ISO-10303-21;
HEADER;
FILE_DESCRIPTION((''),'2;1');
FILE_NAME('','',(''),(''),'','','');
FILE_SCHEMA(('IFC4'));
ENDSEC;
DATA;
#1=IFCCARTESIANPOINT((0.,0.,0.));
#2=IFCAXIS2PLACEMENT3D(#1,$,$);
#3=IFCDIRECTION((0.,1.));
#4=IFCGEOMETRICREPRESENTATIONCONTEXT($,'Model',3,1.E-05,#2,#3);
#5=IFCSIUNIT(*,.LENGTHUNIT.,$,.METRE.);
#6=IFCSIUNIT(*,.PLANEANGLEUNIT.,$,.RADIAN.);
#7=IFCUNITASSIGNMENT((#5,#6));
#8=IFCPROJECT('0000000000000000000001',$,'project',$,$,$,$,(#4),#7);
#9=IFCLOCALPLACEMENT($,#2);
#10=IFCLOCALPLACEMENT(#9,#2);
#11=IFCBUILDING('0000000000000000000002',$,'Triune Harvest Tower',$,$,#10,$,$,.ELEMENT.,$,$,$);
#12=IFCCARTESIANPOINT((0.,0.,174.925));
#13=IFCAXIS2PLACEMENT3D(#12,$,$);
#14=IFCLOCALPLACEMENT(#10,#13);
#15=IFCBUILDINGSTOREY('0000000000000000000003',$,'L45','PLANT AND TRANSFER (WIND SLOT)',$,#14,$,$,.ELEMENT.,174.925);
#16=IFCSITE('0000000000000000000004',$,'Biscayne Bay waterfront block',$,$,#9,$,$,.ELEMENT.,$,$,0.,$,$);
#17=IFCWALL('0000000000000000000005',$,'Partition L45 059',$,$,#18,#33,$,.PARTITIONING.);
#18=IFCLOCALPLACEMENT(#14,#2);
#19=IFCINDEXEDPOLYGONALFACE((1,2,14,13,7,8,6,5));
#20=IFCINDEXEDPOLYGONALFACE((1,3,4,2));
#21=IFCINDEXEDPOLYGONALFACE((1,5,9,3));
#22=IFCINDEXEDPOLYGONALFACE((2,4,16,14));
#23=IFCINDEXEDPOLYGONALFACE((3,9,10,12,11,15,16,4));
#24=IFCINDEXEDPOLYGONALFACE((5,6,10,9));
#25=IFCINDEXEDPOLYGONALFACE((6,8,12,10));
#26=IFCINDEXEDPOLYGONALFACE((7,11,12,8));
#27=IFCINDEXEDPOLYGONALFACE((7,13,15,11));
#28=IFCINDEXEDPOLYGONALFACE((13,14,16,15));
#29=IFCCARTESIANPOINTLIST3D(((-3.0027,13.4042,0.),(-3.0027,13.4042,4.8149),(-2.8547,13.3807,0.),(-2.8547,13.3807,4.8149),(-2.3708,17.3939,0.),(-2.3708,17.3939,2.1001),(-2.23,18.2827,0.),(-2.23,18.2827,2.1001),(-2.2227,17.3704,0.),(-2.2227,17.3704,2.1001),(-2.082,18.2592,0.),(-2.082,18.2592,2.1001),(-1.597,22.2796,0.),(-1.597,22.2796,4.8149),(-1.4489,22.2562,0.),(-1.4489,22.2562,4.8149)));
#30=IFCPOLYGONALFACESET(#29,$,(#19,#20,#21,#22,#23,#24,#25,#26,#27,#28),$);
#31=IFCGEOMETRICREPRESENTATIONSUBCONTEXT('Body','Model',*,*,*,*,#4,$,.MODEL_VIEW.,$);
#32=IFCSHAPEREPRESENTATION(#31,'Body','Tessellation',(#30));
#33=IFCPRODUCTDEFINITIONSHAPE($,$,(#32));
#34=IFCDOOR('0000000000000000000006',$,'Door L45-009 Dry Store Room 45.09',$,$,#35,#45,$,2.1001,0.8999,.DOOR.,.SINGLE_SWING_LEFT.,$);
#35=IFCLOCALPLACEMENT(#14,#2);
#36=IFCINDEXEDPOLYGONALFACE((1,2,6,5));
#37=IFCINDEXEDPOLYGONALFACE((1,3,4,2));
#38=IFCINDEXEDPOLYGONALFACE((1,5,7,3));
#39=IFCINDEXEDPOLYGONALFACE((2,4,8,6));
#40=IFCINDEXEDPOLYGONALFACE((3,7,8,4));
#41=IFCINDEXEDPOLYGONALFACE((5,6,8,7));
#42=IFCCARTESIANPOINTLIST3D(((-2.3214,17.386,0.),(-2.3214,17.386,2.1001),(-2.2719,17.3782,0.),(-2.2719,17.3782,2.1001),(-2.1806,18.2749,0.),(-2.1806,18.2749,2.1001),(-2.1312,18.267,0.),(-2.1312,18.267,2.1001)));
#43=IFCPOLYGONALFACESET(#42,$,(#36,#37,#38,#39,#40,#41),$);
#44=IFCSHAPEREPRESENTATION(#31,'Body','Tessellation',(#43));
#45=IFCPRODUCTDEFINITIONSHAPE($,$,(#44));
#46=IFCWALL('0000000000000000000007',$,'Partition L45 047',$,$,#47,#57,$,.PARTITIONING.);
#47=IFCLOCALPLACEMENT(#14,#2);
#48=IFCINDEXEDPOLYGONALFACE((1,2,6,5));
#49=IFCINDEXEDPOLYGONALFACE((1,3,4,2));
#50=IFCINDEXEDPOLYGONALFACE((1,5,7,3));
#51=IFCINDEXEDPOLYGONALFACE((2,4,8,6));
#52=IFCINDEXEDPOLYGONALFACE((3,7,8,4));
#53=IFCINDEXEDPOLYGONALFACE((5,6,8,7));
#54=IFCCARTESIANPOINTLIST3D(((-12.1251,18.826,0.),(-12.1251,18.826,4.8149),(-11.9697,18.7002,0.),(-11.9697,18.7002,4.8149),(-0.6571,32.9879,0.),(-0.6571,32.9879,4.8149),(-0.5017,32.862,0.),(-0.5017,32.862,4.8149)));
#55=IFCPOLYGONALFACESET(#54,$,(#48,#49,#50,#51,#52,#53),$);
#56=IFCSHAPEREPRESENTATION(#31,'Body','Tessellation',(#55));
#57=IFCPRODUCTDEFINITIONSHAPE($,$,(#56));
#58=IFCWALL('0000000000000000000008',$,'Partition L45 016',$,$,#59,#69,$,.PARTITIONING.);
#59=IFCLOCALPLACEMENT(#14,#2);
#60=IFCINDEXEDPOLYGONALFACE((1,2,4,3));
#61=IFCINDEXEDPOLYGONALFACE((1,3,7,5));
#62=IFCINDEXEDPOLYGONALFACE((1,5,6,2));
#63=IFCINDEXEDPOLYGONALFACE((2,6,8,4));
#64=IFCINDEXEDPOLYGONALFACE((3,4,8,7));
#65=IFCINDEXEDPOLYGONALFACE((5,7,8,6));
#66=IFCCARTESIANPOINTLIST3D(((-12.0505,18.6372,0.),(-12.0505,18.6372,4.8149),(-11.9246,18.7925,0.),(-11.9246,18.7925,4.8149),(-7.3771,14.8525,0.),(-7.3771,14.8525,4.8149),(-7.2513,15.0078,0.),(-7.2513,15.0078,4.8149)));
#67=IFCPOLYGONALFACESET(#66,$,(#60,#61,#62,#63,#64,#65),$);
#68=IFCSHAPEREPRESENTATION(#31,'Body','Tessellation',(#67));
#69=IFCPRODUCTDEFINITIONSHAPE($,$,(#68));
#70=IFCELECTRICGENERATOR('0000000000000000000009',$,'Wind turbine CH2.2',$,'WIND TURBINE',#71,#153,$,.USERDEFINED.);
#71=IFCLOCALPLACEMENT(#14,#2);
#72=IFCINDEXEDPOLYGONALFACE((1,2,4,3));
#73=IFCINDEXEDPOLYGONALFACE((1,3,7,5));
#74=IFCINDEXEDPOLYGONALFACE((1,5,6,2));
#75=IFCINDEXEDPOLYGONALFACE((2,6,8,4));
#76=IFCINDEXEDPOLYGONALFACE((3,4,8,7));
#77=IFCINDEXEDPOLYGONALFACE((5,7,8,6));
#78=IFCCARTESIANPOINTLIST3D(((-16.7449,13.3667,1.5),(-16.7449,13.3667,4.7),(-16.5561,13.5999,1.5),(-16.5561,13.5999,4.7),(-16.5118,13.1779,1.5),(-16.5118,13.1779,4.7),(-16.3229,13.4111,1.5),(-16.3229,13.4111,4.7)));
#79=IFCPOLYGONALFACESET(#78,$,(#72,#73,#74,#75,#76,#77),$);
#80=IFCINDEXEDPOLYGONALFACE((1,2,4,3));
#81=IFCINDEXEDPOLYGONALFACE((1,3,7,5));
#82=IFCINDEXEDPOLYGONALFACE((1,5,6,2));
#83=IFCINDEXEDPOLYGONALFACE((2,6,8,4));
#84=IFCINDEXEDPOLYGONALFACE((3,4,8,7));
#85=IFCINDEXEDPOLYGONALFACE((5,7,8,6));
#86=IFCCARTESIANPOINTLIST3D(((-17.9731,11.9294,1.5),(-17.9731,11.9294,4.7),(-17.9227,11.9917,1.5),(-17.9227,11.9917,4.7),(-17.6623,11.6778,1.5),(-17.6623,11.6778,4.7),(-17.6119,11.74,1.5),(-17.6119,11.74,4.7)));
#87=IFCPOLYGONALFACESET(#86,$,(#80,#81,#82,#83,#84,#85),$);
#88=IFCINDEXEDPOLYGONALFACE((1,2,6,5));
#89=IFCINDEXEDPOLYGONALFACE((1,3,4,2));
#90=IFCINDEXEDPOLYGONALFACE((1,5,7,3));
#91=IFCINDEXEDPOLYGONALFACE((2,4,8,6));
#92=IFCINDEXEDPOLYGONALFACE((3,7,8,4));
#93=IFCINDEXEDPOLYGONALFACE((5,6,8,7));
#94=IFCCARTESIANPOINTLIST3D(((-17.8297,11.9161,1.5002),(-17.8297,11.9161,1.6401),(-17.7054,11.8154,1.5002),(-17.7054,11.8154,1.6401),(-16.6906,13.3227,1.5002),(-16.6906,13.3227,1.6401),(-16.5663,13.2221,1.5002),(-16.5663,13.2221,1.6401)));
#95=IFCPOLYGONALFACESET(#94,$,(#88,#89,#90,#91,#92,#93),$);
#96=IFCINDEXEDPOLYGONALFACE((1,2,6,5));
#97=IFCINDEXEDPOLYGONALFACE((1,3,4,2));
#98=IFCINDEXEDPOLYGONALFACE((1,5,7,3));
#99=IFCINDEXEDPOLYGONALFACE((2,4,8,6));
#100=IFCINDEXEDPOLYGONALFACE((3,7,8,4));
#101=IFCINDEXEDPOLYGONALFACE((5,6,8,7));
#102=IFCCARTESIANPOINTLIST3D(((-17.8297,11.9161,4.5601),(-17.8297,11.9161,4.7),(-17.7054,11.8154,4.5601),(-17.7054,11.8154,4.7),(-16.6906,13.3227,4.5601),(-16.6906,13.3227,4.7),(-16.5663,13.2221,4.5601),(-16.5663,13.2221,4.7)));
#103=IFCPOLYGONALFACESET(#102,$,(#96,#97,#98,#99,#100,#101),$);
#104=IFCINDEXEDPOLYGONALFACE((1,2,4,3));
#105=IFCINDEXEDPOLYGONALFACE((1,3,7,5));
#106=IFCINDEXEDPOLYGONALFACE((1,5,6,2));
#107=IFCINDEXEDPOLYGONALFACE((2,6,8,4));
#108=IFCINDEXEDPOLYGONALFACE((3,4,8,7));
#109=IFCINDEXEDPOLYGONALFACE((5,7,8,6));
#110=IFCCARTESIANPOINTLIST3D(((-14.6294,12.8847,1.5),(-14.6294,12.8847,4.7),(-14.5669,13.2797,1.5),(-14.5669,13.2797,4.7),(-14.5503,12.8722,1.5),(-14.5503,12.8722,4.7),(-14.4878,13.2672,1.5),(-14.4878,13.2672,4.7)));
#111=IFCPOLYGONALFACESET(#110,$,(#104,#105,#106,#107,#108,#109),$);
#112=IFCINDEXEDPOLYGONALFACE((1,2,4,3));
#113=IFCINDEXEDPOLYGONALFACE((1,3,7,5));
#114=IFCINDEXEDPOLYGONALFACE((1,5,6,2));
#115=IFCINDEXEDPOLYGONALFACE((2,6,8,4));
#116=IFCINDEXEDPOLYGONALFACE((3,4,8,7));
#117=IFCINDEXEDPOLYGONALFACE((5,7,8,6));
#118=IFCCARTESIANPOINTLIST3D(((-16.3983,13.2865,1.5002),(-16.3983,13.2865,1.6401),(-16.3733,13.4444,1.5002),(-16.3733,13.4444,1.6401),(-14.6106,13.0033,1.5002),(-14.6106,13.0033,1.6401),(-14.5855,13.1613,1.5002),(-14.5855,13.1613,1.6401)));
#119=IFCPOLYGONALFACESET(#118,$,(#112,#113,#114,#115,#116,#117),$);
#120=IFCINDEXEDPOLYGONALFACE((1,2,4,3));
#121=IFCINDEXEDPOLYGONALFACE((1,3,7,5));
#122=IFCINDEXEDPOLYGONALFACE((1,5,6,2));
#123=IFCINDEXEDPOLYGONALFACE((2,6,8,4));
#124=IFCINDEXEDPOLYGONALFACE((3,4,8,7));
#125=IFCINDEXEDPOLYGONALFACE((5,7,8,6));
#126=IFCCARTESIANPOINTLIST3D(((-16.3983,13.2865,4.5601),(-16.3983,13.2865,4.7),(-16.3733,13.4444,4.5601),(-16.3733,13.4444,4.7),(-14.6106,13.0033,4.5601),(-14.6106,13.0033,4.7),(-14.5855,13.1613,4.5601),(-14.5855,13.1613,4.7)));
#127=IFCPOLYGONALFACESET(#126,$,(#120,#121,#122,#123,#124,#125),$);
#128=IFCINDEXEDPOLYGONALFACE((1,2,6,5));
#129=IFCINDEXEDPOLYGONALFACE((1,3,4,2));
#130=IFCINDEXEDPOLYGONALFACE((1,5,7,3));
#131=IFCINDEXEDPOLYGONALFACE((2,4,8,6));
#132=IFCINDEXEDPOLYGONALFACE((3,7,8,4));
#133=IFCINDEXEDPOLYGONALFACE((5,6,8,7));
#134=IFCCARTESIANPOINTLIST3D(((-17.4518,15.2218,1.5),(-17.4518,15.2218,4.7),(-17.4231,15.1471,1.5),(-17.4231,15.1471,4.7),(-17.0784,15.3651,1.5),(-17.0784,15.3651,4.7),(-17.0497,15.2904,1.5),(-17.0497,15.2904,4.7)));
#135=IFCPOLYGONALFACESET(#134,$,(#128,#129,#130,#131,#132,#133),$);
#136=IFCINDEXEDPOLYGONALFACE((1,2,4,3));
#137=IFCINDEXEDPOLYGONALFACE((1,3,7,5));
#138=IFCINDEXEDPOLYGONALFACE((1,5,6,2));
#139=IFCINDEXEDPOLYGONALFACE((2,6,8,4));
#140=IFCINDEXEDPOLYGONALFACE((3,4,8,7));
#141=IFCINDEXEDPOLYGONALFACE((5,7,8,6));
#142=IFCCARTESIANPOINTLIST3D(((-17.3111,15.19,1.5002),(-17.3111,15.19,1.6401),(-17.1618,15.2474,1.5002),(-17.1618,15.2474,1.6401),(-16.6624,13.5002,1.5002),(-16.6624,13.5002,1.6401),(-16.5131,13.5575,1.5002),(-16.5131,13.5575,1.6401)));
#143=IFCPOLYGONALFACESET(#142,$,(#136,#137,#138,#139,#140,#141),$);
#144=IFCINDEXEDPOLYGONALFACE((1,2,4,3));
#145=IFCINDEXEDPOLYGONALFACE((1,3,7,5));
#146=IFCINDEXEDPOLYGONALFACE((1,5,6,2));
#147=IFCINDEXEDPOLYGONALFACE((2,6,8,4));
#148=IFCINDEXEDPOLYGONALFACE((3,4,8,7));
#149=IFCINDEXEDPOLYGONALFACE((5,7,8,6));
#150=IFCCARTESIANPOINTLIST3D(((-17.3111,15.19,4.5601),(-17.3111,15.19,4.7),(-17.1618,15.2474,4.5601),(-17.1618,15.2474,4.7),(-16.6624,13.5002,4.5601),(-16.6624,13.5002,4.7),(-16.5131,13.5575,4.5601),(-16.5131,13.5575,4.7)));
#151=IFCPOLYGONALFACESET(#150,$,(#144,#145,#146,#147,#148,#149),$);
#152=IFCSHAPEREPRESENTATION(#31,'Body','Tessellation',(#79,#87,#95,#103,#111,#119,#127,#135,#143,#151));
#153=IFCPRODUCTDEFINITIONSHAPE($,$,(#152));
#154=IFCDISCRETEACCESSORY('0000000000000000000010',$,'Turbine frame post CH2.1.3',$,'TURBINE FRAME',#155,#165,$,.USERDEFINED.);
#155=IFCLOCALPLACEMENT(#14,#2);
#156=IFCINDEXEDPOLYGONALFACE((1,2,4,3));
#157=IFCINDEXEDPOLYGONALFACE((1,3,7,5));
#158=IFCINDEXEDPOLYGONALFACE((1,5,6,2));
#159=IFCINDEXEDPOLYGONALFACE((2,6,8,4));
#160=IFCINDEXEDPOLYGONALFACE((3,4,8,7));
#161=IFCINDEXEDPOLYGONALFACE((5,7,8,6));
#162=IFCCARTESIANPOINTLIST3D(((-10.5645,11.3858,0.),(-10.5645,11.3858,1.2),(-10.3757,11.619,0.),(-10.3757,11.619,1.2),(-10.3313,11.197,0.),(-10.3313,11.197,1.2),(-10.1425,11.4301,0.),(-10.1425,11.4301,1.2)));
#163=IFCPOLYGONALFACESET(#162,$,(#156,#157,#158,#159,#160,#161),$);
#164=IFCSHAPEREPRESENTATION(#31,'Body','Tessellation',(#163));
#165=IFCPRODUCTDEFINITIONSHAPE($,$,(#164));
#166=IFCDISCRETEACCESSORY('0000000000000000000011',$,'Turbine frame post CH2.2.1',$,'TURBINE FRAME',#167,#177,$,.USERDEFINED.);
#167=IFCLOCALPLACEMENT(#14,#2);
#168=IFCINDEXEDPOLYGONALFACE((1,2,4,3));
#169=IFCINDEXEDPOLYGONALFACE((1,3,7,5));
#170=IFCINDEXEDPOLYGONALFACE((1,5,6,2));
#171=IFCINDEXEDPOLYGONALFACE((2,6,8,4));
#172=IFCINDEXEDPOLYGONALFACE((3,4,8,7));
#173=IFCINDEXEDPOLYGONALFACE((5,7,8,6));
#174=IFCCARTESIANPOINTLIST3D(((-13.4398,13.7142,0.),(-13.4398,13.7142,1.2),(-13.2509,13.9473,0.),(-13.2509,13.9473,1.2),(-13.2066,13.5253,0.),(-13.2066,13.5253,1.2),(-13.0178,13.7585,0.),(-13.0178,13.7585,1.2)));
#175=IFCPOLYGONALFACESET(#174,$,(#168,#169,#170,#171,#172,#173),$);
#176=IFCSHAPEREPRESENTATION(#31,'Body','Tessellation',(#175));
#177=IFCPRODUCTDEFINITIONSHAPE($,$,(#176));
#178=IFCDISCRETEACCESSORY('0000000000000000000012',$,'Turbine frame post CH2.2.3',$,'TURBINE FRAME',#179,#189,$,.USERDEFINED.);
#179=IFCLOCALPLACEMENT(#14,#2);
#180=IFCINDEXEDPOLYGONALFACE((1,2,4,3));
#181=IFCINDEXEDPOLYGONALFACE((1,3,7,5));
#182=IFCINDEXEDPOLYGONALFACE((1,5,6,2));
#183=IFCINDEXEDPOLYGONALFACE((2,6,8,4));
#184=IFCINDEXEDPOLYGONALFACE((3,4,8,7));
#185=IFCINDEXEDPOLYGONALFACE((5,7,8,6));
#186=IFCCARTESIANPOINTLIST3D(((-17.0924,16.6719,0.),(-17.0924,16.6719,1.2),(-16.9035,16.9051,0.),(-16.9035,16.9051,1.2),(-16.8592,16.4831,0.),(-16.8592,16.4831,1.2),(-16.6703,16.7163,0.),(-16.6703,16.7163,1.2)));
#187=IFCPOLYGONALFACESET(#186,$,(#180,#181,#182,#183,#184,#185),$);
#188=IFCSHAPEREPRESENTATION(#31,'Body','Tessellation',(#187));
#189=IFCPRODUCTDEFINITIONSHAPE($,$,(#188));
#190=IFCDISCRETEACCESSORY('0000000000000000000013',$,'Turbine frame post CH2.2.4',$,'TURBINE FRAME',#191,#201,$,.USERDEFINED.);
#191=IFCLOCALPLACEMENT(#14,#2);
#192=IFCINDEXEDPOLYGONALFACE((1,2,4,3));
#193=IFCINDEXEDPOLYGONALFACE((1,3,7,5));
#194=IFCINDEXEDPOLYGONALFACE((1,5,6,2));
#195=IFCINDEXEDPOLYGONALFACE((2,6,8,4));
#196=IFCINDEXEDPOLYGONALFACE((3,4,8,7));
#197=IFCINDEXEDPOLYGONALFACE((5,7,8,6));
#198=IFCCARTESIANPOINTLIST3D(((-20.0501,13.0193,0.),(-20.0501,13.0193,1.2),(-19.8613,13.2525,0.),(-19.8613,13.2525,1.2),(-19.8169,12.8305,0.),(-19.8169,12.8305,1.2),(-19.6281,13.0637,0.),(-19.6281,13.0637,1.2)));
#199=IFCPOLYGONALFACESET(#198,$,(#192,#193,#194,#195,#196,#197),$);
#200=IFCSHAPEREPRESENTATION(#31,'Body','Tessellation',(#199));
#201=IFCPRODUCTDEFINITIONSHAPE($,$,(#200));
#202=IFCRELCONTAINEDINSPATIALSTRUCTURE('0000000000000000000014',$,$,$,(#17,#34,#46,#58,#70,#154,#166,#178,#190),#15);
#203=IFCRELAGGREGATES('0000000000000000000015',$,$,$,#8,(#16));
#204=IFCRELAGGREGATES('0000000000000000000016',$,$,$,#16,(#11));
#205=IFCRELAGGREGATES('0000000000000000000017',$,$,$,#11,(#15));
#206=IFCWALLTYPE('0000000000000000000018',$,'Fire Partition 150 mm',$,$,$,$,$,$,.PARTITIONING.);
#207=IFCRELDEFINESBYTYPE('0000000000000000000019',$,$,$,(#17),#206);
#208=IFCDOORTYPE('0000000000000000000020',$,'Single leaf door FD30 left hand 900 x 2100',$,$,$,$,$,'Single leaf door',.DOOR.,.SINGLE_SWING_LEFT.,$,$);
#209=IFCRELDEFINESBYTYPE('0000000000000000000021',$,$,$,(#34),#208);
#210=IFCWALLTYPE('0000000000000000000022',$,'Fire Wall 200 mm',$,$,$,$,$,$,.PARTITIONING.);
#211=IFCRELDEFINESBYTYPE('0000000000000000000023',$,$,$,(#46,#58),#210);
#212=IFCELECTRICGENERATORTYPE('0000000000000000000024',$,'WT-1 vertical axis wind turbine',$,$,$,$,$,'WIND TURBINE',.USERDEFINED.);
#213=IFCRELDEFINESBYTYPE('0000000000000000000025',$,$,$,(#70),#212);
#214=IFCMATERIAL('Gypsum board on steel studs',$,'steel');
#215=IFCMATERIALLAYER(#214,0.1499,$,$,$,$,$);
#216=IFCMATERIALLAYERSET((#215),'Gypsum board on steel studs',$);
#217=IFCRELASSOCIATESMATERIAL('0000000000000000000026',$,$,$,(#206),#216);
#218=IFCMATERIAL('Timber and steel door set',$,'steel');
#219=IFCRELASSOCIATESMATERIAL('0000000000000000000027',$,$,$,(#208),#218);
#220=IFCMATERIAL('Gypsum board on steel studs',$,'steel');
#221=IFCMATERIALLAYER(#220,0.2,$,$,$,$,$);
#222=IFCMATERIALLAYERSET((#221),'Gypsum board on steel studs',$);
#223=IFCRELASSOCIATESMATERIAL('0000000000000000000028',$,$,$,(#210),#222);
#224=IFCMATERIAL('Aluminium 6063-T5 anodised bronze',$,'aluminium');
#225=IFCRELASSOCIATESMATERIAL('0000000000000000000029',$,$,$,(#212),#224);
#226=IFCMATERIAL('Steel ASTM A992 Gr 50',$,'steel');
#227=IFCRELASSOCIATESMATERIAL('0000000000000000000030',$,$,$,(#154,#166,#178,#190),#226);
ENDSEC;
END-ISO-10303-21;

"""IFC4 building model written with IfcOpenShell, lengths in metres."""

from ifc_helpers import new_model, si_unit, direction, frame, frame_2d, origin, origin_2d, place, context, subcontext, project, spatial, rectangle, extrude, source, transform, mapped, material, layer, layer_set, type_object, element, fill, save


model = new_model("IFC4")

# Units and contexts
model_context = context("Model", 3, precision=1e-05, world=origin(), true_north=direction((0.0, 1.0)))
body_context = subcontext(model_context, "Body", "Model", "MODEL_VIEW")
ifc_project = project(units=[si_unit("LENGTHUNIT", "METRE"), si_unit("PLANEANGLEUNIT", "RADIAN")], contexts=[model_context])

# Site, building, storey
site_placement = place(None, origin())
site = spatial("IfcSite", under=ifc_project, at=site_placement, Name="Biscayne Bay waterfront block", CompositionType="ELEMENT", RefElevation=0.0)
building_placement = place(site_placement, origin())
building = spatial("IfcBuilding", under=site, at=building_placement, Name="Triune Harvest Tower", CompositionType="ELEMENT")
storey_placement = place(building_placement, frame((0.0, 0.0, 174.925)))
storey = spatial("IfcBuildingStorey", under=building, at=storey_placement, Name="L45", Description="PLANT AND TRANSFER (WIND SLOT)", CompositionType="ELEMENT", Elevation=174.925)

# Shared definitions
ifc_material_1 = material(Name="Gypsum board on steel studs", Category="steel")
ifc_layer_1 = layer(ifc_material_1, 0.1499)
ifc_layer_set_1 = layer_set([ifc_layer_1], Name="Gypsum board on steel studs")
wall_type_1 = type_object("IfcWallType", Name="Fire Partition 150 mm", PredefinedType="PARTITIONING", material=ifc_layer_set_1)

# Wall, opening, door
ifc_material_2 = material(Name="Timber and steel door set", Category="steel")
door_type = type_object("IfcDoorType", Name="Single leaf door FD30 left hand 900 x 2100", ElementType="Single leaf door", OperationType="SINGLE_SWING_LEFT", PredefinedType="DOOR", material=ifc_material_2)
wall_1_placement = place(storey_placement, frame((-2.9287, 13.3923, 0.0), z_axis=(0.0, 0.0, 1.0), x_axis=(0.156437, 0.987688, 0.0)))
wall_1 = element("IfcWall", 1, at=wall_1_placement, inside=storey, type_object=wall_type_1, Name="Partition L45 059", PredefinedType="PARTITIONING", context=body_context, shape_type="SweptSolid", body=[
    extrude(rectangle(XDim=8.9861, YDim=0.1499, at=frame_2d((4.4932, 0.0))), origin(), (0.0, 0.0, 1.0), 4.8149),
])
opening_1_placement = place(wall_1_placement, frame((4.0396, 0.0, 0.0)))
opening_1 = element("IfcOpeningElement", 2, at=opening_1_placement, cuts=wall_1, PredefinedType="OPENING", context=body_context, shape_type="SweptSolid", body=[
    extrude(rectangle(XDim=0.8999, YDim=2.1001, at=frame_2d((0.45, 1.05))), frame((0.0, 0.085, 0.0), z_axis=(0.0, -1.0, 0.0), x_axis=(1.0, 0.0, 0.0)), (0.0, 0.0, 1.0), 0.1699),
])
door_1_placement = place(opening_1_placement, origin())
door_1 = element("IfcDoor", 3, at=door_1_placement, inside=storey, type_object=door_type, Name="Door L45-009 Dry Store Room 45.09", OperationType="SINGLE_SWING_LEFT", OverallHeight=2.1001, OverallWidth=0.8999, PredefinedType="DOOR", context=body_context, shape_type="SweptSolid", body=[
    extrude(rectangle(XDim=0.8999, YDim=2.1001, at=frame_2d((0.45, 1.05))), frame((0.0, 0.0249, 0.0), z_axis=(0.0, -1.0, 0.0), x_axis=(1.0, 0.0, 0.0)), (0.0, 0.0, 1.0), 0.05),
])
fill(opening_1, door_1)

# Walls
ifc_material_3 = material(Name="Gypsum board on steel studs", Category="steel")
ifc_layer_2 = layer(ifc_material_3, 0.2)
ifc_layer_set_2 = layer_set([ifc_layer_2], Name="Gypsum board on steel studs")
wall_type_2 = type_object("IfcWallType", Name="Fire Wall 200 mm", PredefinedType="PARTITIONING", material=ifc_layer_set_2)
shared_shape_1 = source(origin(), body_context, "Body", "SweptSolid", [
    extrude(rectangle(XDim=18.2229, YDim=0.2, at=frame_2d((9.1113, 0.0))), origin(), (0.0, 0.0, 1.0), 4.8149),
])
wall_2_placement = place(storey_placement, frame((-12.0474, 18.7632, 0.0), z_axis=(0.0, 0.0, 1.0), x_axis=(0.629319, 0.777147, 0.0)))
element("IfcWall", 4, at=wall_2_placement, inside=storey, type_object=wall_type_2, Name="Partition L45 047", PredefinedType="PARTITIONING", context=body_context, shape_type="MappedRepresentation", body=[
    mapped(shared_shape_1, transform((0.0, 0.0, 0.0), scale=1.0)),
])
shared_shape_2 = source(origin(), body_context, "Body", "SweptSolid", [
    extrude(rectangle(XDim=6.0137, YDim=0.2, at=frame_2d((3.0068, 0.0))), origin(), (0.0, 0.0, 1.0), 4.8149),
])
wall_3_placement = place(storey_placement, frame((-11.9875, 18.7148, 0.0), z_axis=(0.0, 0.0, 1.0), x_axis=(0.777124, -0.629348, 0.0)))
element("IfcWall", 5, at=wall_3_placement, inside=storey, type_object=wall_type_2, Name="Partition L45 016", PredefinedType="PARTITIONING", context=body_context, shape_type="MappedRepresentation", body=[
    mapped(shared_shape_2, transform((0.0, 0.0, 0.0), scale=1.0)),
])

# Electric generator
ifc_material_4 = material(Name="Aluminium 6063-T5 anodised bronze", Category="aluminium")
electric_generator_type = type_object("IfcElectricGeneratorType", Name="WT-1 vertical axis wind turbine", ElementType="WIND TURBINE", PredefinedType="USERDEFINED", material=ifc_material_4)
electric_generator_placement = place(storey_placement, frame((-16.5339, 13.3889, 1.5)))
element("IfcElectricGenerator", 6, at=electric_generator_placement, inside=storey, type_object=electric_generator_type, Name="Wind turbine CH2.2", ObjectType="WIND TURBINE", PredefinedType="USERDEFINED", context=body_context, shape_type="SweptSolid", body=[
    extrude(rectangle(XDim=0.3, YDim=0.3, at=origin_2d()), frame((0.0, 0.0, 0.0), z_axis=(0.0, 0.0, 1.0), x_axis=(-0.777146, 0.62932, 0.0)), (0.0, 0.0, 1.0), 3.2),
    extrude(rectangle(XDim=0.0801, YDim=0.3999, at=origin_2d()), frame((-1.2585, -1.5542, 0.0), z_axis=(0.0, 0.0, 1.0), x_axis=(-0.62932, -0.777146, 0.0)), (0.0, 0.0, 1.0), 3.2),
    extrude(rectangle(XDim=1.8101, YDim=0.1599, at=origin_2d()), frame((-0.6641, -0.8198, 0.0002), z_axis=(0.0, 0.0, 1.0), x_axis=(-0.62932, -0.777146, 0.0)), (0.0, 0.0, 1.0), 0.1399),
    extrude(rectangle(XDim=1.8101, YDim=0.1599, at=origin_2d()), frame((-0.6641, -0.8198, 3.0601), z_axis=(0.0, 0.0, 1.0), x_axis=(-0.62932, -0.777146, 0.0)), (0.0, 0.0, 1.0), 0.1399),
    extrude(rectangle(XDim=0.0801, YDim=0.3999, at=origin_2d()), frame((1.9753, -0.313, 0.0), z_axis=(0.0, 0.0, 1.0), x_axis=(0.987688, -0.156434, 0.0)), (0.0, 0.0, 1.0), 3.2),
    extrude(rectangle(XDim=1.8101, YDim=0.1599, at=origin_2d()), frame((1.042, -0.165, 0.0002), z_axis=(0.0, 0.0, 1.0), x_axis=(0.987688, -0.156434, 0.0)), (0.0, 0.0, 1.0), 0.1399),
    extrude(rectangle(XDim=1.8101, YDim=0.1599, at=origin_2d()), frame((1.042, -0.165, 3.0601), z_axis=(0.0, 0.0, 1.0), x_axis=(0.987688, -0.156434, 0.0)), (0.0, 0.0, 1.0), 0.1399),
    extrude(rectangle(XDim=0.0801, YDim=0.3999, at=origin_2d()), frame((-0.7168, 1.8672, 0.0), z_axis=(0.0, 0.0, 1.0), x_axis=(-0.358368, 0.93358, 0.0)), (0.0, 0.0, 1.0), 3.2),
    extrude(rectangle(XDim=1.8101, YDim=0.1599, at=origin_2d()), frame((-0.3782, 0.9849, 0.0002), z_axis=(0.0, 0.0, 1.0), x_axis=(-0.358368, 0.93358, 0.0)), (0.0, 0.0, 1.0), 0.1399),
    extrude(rectangle(XDim=1.8101, YDim=0.1599, at=origin_2d()), frame((-0.3782, 0.9849, 3.0601), z_axis=(0.0, 0.0, 1.0), x_axis=(-0.358368, 0.93358, 0.0)), (0.0, 0.0, 1.0), 0.1399),
])

# Discrete accessories
ifc_material_5 = material(Name="Steel ASTM A992 Gr 50", Category="steel")
shared_shape_3 = source(origin(), body_context, "Body", "SweptSolid", [
    extrude(rectangle(XDim=0.3, YDim=0.3, at=origin_2d()), origin(), (0.0, 0.0, 1.0), 1.2),
])
for number, where, z_axis, x_axis, name in (
    (7, (-10.3535, 11.408, 0.0), (0.0, 0.0, 1.0), (-0.777146, 0.62932, 0.0), "Turbine frame post CH2.1.3"),
    (8, (-13.2288, 13.7363, 0.0), (0.0, 0.0, 1.0), (-0.777146, 0.62932, 0.0), "Turbine frame post CH2.2.1"),
    (9, (-16.8813, 16.6941, 0.0), (0.0, 0.0, 1.0), (-0.777146, 0.62932, 0.0), "Turbine frame post CH2.2.3"),
    (10, (-19.8391, 13.0415, 0.0), (0.0, 0.0, 1.0), (-0.777146, 0.62932, 0.0), "Turbine frame post CH2.2.4"),
):
    element("IfcDiscreteAccessory", number, at=place(storey_placement, frame(where, z_axis=z_axis, x_axis=x_axis)), inside=storey, material=ifc_material_5, Name=name, ObjectType="TURBINE FRAME", PredefinedType="USERDEFINED", context=body_context, shape_type="MappedRepresentation", body=[
        mapped(shared_shape_3, transform((0.0, 0.0, 0.0), scale=1.0)),
    ])

save(model, "model.ifc")
